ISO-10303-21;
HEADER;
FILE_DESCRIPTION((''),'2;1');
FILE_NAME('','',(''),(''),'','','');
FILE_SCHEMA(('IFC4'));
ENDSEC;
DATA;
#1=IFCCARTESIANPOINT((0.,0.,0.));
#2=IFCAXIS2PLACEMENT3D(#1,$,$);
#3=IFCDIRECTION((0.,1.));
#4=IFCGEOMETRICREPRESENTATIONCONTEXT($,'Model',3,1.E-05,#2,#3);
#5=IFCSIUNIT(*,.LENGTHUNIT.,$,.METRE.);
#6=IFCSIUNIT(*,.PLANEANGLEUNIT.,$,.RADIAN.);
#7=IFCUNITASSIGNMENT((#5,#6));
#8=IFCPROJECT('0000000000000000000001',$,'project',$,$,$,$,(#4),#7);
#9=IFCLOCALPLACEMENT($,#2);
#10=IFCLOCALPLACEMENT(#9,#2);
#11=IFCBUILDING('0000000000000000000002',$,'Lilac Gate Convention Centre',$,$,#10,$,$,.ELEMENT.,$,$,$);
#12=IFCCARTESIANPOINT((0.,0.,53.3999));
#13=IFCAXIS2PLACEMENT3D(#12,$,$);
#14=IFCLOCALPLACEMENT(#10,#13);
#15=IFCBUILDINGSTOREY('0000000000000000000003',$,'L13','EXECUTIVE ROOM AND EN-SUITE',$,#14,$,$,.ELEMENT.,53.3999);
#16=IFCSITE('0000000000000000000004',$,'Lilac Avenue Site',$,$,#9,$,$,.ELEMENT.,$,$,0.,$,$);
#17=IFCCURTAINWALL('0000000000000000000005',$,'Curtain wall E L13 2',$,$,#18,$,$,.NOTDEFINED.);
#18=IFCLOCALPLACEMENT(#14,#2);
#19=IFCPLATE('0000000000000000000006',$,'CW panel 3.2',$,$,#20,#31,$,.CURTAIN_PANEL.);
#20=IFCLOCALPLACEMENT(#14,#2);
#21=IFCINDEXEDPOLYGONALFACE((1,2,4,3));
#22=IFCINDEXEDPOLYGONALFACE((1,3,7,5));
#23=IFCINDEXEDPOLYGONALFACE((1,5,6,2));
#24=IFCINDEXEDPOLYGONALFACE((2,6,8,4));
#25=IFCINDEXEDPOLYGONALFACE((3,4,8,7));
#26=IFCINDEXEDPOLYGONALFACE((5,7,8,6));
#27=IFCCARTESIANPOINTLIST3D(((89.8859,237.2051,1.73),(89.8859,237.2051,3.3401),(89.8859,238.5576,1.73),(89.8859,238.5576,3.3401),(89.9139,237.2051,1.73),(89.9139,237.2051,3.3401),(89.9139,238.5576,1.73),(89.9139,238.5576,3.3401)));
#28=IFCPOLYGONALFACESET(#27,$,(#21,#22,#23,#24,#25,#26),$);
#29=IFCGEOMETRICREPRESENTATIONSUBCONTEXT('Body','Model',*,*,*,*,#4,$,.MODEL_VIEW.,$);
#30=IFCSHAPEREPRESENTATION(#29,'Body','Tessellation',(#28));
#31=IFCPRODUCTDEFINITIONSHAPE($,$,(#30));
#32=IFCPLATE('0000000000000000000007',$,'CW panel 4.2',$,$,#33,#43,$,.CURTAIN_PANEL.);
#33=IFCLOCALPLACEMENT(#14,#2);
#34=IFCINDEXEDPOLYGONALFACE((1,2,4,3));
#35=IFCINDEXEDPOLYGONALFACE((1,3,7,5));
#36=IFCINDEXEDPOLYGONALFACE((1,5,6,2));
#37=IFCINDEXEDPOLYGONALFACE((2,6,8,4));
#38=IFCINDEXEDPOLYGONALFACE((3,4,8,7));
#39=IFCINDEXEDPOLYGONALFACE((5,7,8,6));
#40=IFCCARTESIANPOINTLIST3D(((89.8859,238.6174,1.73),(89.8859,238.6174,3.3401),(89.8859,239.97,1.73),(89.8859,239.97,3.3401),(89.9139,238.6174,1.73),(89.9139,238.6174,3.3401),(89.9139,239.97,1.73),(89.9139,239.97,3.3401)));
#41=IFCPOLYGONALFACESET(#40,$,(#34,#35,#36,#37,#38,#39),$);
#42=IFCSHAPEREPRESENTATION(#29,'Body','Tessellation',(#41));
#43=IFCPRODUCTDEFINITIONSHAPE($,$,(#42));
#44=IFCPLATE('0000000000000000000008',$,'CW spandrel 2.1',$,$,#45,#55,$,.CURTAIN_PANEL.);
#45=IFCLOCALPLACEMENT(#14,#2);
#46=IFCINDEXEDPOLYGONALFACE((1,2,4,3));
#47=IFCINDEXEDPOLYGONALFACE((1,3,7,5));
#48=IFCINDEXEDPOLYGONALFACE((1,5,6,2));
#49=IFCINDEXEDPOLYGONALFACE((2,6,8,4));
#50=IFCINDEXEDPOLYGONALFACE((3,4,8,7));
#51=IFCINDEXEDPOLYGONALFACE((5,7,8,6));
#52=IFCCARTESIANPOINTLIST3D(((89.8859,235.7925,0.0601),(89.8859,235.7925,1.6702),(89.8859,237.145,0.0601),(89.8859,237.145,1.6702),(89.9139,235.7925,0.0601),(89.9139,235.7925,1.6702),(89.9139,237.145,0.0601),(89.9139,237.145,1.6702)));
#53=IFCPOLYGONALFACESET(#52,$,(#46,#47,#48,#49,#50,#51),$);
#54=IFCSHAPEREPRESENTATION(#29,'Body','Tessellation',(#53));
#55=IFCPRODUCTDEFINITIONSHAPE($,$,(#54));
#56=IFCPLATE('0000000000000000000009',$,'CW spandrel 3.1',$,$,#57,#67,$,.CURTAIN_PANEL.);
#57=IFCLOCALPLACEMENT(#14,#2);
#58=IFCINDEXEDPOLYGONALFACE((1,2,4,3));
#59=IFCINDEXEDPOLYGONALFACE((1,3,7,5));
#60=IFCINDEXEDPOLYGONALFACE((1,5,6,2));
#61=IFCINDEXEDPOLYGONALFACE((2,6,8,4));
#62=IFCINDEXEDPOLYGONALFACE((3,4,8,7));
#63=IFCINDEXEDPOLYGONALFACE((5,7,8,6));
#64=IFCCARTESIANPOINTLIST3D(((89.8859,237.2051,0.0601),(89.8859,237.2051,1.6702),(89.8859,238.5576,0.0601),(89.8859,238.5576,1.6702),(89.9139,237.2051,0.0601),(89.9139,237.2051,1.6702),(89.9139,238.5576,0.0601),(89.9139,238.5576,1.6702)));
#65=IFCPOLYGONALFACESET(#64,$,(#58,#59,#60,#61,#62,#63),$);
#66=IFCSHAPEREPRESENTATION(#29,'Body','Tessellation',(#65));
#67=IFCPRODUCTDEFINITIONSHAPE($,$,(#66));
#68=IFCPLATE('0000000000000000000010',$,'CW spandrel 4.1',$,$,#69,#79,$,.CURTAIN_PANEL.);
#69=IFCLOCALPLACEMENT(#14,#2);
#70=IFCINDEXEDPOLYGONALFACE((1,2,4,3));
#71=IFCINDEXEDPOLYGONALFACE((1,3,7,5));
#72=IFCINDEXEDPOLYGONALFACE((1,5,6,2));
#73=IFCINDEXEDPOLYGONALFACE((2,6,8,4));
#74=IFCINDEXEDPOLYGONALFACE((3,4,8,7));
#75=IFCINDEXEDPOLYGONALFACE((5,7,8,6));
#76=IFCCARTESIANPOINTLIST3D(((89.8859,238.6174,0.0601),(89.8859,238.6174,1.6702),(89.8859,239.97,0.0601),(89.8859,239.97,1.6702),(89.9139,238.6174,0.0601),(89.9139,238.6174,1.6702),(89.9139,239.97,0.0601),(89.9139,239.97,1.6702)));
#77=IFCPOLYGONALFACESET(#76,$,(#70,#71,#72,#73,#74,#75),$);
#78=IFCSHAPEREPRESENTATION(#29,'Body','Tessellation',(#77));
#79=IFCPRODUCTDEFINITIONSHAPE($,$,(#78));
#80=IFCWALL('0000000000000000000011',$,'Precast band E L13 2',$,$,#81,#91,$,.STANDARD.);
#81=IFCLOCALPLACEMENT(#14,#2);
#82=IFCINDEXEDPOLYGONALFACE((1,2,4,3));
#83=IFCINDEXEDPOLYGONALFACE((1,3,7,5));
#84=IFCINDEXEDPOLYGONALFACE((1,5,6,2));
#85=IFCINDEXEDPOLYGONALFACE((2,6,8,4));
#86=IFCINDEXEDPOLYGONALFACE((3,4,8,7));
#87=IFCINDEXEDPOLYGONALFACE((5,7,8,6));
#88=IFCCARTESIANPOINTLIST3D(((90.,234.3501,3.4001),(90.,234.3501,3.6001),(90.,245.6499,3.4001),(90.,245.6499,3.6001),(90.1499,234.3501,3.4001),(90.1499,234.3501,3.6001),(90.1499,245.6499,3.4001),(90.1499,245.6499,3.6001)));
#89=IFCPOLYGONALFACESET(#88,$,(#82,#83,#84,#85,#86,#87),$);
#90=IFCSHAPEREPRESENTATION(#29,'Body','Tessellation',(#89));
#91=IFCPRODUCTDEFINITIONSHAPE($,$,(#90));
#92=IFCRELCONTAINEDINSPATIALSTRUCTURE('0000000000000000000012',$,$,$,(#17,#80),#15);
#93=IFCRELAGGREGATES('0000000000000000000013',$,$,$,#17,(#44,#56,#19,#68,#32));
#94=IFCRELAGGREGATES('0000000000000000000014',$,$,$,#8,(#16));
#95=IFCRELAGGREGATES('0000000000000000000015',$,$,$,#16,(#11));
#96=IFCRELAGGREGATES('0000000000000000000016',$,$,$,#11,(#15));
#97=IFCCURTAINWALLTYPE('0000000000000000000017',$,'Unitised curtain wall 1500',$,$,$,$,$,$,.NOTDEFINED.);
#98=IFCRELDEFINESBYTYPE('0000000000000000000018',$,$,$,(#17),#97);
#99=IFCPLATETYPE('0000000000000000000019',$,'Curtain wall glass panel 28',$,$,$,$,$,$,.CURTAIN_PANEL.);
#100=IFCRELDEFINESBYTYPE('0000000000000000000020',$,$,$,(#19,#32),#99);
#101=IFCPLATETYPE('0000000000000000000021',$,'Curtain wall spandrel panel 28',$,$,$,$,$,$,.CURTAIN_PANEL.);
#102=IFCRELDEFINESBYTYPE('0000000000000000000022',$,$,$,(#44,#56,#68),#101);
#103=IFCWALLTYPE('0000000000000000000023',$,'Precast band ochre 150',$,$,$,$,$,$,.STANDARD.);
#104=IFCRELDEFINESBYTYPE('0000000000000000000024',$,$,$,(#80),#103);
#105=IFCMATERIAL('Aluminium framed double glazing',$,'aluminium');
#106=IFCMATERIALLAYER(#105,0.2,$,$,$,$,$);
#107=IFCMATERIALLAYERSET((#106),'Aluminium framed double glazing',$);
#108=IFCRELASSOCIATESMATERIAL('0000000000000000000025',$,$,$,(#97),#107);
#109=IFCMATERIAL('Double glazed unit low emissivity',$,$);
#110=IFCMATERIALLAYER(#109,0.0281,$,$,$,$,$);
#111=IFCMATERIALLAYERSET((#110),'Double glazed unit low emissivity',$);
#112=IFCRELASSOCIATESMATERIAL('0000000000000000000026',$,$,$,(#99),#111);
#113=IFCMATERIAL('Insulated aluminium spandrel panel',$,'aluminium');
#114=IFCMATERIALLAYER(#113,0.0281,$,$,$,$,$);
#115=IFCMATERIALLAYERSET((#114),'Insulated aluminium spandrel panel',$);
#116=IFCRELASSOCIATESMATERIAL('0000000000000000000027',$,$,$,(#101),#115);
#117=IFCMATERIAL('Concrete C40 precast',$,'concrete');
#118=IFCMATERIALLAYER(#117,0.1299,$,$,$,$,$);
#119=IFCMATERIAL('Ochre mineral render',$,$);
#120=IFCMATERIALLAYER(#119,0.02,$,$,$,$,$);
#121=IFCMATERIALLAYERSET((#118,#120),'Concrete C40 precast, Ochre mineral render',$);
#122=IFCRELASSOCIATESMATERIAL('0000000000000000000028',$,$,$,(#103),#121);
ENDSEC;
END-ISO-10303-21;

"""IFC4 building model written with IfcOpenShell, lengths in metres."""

from ifc_helpers import new_model, si_unit, direction, frame, frame_2d, origin, origin_2d, place, context, subcontext, project, spatial, rectangle, extrude, material, layer, layer_set, type_object, element, aggregate, save


model = new_model("IFC4")

# Units and contexts
model_context = context("Model", 3, precision=1e-05, world=origin(), true_north=direction((0.0, 1.0)))
body_context = subcontext(model_context, "Body", "Model", "MODEL_VIEW")
ifc_project = project(units=[si_unit("LENGTHUNIT", "METRE"), si_unit("PLANEANGLEUNIT", "RADIAN")], contexts=[model_context])

# Site, building, storey
site_placement = place(None, origin())
site = spatial("IfcSite", under=ifc_project, at=site_placement, Name="Lilac Avenue Site", CompositionType="ELEMENT", RefElevation=0.0)
building_placement = place(site_placement, origin())
building = spatial("IfcBuilding", under=site, at=building_placement, Name="Lilac Gate Convention Centre", CompositionType="ELEMENT")
storey_placement = place(building_placement, frame((0.0, 0.0, 53.3999)))
storey = spatial("IfcBuildingStorey", under=building, at=storey_placement, Name="L13", Description="EXECUTIVE ROOM AND EN-SUITE", CompositionType="ELEMENT", Elevation=53.3999)

# Curtain wall
ifc_material_1 = material(Name="Aluminium framed double glazing", Category="aluminium")
ifc_layer_1 = layer(ifc_material_1, 0.2)
ifc_layer_set_1 = layer_set([ifc_layer_1], Name="Aluminium framed double glazing")
curtain_wall_type = type_object("IfcCurtainWallType", Name="Unitised curtain wall 1500", PredefinedType="NOTDEFINED", material=ifc_layer_set_1)
curtain_wall_placement = place(storey_placement, origin())
curtain_wall = element("IfcCurtainWall", 1, at=curtain_wall_placement, inside=storey, type_object=curtain_wall_type, Name="Curtain wall E L13 2", PredefinedType="NOTDEFINED")

# Plates
ifc_material_2 = material(Name="Double glazed unit low emissivity")
ifc_layer_2 = layer(ifc_material_2, 0.0281)
ifc_layer_set_2 = layer_set([ifc_layer_2], Name="Double glazed unit low emissivity")
plate_type_1 = type_object("IfcPlateType", Name="Curtain wall glass panel 28", PredefinedType="CURTAIN_PANEL", material=ifc_layer_set_2)
plate_1_placement = place(storey_placement, frame((89.8999, 237.8813, 1.73), z_axis=(0.0, 0.0, 1.0), x_axis=(0.0, 1.0, 0.0)))
plate_1 = element("IfcPlate", 2, at=plate_1_placement, type_object=plate_type_1, Name="CW panel 3.2", PredefinedType="CURTAIN_PANEL", context=body_context, shape_type="SweptSolid", body=[
    extrude(rectangle(XDim=1.3525, YDim=0.0281, at=origin_2d()), origin(), (0.0, 0.0, 1.0), 1.6101),
])
plate_2_placement = place(storey_placement, frame((89.8999, 239.2937, 1.73), z_axis=(0.0, 0.0, 1.0), x_axis=(0.0, 1.0, 0.0)))
plate_2 = element("IfcPlate", 3, at=plate_2_placement, type_object=plate_type_1, Name="CW panel 4.2", PredefinedType="CURTAIN_PANEL", context=body_context, shape_type="SweptSolid", body=[
    extrude(rectangle(XDim=1.3525, YDim=0.0281, at=origin_2d()), origin(), (0.0, 0.0, 1.0), 1.6101),
])
ifc_material_3 = material(Name="Insulated aluminium spandrel panel", Category="aluminium")
ifc_layer_3 = layer(ifc_material_3, 0.0281)
ifc_layer_set_3 = layer_set([ifc_layer_3], Name="Insulated aluminium spandrel panel")
plate_type_2 = type_object("IfcPlateType", Name="Curtain wall spandrel panel 28", PredefinedType="CURTAIN_PANEL", material=ifc_layer_set_3)
plate_3_placement = place(storey_placement, frame((89.8999, 236.4688, 0.0601), z_axis=(0.0, 0.0, 1.0), x_axis=(0.0, 1.0, 0.0)))
plate_3 = element("IfcPlate", 4, at=plate_3_placement, type_object=plate_type_2, Name="CW spandrel 2.1", PredefinedType="CURTAIN_PANEL", context=body_context, shape_type="SweptSolid", body=[
    extrude(rectangle(XDim=1.3525, YDim=0.0281, at=origin_2d()), origin(), (0.0, 0.0, 1.0), 1.6101),
])
plate_4_placement = place(storey_placement, frame((89.8999, 237.8813, 0.0601), z_axis=(0.0, 0.0, 1.0), x_axis=(0.0, 1.0, 0.0)))
plate_4 = element("IfcPlate", 5, at=plate_4_placement, type_object=plate_type_2, Name="CW spandrel 3.1", PredefinedType="CURTAIN_PANEL", context=body_context, shape_type="SweptSolid", body=[
    extrude(rectangle(XDim=1.3525, YDim=0.0281, at=origin_2d()), origin(), (0.0, 0.0, 1.0), 1.6101),
])
plate_5_placement = place(storey_placement, frame((89.8999, 239.2937, 0.0601), z_axis=(0.0, 0.0, 1.0), x_axis=(0.0, 1.0, 0.0)))
plate_5 = element("IfcPlate", 6, at=plate_5_placement, type_object=plate_type_2, Name="CW spandrel 4.1", PredefinedType="CURTAIN_PANEL", context=body_context, shape_type="SweptSolid", body=[
    extrude(rectangle(XDim=1.3525, YDim=0.0281, at=origin_2d()), origin(), (0.0, 0.0, 1.0), 1.6101),
])
aggregate(curtain_wall, [plate_3, plate_4, plate_1, plate_5, plate_2])

# Wall
ifc_material_4 = material(Name="Concrete C40 precast", Category="concrete")
ifc_layer_4 = layer(ifc_material_4, 0.1299)
ifc_material_5 = material(Name="Ochre mineral render")
ifc_layer_5 = layer(ifc_material_5, 0.02)
ifc_layer_set_4 = layer_set([ifc_layer_4, ifc_layer_5], Name="Concrete C40 precast, Ochre mineral render")
wall_type = type_object("IfcWallType", Name="Precast band ochre 150", PredefinedType="STANDARD", material=ifc_layer_set_4)
wall_placement = place(storey_placement, frame((90.075, 234.3501, 3.4001), z_axis=(0.0, 0.0, 1.0), x_axis=(0.0, 1.0, 0.0)))
element("IfcWall", 7, at=wall_placement, inside=storey, type_object=wall_type, Name="Precast band E L13 2", PredefinedType="STANDARD", context=body_context, shape_type="SweptSolid", body=[
    extrude(rectangle(XDim=11.2998, YDim=0.1499, at=frame_2d((5.6499, 0.0))), origin(), (0.0, 0.0, 1.0), 0.2),
])

save(model, "model.ifc")
